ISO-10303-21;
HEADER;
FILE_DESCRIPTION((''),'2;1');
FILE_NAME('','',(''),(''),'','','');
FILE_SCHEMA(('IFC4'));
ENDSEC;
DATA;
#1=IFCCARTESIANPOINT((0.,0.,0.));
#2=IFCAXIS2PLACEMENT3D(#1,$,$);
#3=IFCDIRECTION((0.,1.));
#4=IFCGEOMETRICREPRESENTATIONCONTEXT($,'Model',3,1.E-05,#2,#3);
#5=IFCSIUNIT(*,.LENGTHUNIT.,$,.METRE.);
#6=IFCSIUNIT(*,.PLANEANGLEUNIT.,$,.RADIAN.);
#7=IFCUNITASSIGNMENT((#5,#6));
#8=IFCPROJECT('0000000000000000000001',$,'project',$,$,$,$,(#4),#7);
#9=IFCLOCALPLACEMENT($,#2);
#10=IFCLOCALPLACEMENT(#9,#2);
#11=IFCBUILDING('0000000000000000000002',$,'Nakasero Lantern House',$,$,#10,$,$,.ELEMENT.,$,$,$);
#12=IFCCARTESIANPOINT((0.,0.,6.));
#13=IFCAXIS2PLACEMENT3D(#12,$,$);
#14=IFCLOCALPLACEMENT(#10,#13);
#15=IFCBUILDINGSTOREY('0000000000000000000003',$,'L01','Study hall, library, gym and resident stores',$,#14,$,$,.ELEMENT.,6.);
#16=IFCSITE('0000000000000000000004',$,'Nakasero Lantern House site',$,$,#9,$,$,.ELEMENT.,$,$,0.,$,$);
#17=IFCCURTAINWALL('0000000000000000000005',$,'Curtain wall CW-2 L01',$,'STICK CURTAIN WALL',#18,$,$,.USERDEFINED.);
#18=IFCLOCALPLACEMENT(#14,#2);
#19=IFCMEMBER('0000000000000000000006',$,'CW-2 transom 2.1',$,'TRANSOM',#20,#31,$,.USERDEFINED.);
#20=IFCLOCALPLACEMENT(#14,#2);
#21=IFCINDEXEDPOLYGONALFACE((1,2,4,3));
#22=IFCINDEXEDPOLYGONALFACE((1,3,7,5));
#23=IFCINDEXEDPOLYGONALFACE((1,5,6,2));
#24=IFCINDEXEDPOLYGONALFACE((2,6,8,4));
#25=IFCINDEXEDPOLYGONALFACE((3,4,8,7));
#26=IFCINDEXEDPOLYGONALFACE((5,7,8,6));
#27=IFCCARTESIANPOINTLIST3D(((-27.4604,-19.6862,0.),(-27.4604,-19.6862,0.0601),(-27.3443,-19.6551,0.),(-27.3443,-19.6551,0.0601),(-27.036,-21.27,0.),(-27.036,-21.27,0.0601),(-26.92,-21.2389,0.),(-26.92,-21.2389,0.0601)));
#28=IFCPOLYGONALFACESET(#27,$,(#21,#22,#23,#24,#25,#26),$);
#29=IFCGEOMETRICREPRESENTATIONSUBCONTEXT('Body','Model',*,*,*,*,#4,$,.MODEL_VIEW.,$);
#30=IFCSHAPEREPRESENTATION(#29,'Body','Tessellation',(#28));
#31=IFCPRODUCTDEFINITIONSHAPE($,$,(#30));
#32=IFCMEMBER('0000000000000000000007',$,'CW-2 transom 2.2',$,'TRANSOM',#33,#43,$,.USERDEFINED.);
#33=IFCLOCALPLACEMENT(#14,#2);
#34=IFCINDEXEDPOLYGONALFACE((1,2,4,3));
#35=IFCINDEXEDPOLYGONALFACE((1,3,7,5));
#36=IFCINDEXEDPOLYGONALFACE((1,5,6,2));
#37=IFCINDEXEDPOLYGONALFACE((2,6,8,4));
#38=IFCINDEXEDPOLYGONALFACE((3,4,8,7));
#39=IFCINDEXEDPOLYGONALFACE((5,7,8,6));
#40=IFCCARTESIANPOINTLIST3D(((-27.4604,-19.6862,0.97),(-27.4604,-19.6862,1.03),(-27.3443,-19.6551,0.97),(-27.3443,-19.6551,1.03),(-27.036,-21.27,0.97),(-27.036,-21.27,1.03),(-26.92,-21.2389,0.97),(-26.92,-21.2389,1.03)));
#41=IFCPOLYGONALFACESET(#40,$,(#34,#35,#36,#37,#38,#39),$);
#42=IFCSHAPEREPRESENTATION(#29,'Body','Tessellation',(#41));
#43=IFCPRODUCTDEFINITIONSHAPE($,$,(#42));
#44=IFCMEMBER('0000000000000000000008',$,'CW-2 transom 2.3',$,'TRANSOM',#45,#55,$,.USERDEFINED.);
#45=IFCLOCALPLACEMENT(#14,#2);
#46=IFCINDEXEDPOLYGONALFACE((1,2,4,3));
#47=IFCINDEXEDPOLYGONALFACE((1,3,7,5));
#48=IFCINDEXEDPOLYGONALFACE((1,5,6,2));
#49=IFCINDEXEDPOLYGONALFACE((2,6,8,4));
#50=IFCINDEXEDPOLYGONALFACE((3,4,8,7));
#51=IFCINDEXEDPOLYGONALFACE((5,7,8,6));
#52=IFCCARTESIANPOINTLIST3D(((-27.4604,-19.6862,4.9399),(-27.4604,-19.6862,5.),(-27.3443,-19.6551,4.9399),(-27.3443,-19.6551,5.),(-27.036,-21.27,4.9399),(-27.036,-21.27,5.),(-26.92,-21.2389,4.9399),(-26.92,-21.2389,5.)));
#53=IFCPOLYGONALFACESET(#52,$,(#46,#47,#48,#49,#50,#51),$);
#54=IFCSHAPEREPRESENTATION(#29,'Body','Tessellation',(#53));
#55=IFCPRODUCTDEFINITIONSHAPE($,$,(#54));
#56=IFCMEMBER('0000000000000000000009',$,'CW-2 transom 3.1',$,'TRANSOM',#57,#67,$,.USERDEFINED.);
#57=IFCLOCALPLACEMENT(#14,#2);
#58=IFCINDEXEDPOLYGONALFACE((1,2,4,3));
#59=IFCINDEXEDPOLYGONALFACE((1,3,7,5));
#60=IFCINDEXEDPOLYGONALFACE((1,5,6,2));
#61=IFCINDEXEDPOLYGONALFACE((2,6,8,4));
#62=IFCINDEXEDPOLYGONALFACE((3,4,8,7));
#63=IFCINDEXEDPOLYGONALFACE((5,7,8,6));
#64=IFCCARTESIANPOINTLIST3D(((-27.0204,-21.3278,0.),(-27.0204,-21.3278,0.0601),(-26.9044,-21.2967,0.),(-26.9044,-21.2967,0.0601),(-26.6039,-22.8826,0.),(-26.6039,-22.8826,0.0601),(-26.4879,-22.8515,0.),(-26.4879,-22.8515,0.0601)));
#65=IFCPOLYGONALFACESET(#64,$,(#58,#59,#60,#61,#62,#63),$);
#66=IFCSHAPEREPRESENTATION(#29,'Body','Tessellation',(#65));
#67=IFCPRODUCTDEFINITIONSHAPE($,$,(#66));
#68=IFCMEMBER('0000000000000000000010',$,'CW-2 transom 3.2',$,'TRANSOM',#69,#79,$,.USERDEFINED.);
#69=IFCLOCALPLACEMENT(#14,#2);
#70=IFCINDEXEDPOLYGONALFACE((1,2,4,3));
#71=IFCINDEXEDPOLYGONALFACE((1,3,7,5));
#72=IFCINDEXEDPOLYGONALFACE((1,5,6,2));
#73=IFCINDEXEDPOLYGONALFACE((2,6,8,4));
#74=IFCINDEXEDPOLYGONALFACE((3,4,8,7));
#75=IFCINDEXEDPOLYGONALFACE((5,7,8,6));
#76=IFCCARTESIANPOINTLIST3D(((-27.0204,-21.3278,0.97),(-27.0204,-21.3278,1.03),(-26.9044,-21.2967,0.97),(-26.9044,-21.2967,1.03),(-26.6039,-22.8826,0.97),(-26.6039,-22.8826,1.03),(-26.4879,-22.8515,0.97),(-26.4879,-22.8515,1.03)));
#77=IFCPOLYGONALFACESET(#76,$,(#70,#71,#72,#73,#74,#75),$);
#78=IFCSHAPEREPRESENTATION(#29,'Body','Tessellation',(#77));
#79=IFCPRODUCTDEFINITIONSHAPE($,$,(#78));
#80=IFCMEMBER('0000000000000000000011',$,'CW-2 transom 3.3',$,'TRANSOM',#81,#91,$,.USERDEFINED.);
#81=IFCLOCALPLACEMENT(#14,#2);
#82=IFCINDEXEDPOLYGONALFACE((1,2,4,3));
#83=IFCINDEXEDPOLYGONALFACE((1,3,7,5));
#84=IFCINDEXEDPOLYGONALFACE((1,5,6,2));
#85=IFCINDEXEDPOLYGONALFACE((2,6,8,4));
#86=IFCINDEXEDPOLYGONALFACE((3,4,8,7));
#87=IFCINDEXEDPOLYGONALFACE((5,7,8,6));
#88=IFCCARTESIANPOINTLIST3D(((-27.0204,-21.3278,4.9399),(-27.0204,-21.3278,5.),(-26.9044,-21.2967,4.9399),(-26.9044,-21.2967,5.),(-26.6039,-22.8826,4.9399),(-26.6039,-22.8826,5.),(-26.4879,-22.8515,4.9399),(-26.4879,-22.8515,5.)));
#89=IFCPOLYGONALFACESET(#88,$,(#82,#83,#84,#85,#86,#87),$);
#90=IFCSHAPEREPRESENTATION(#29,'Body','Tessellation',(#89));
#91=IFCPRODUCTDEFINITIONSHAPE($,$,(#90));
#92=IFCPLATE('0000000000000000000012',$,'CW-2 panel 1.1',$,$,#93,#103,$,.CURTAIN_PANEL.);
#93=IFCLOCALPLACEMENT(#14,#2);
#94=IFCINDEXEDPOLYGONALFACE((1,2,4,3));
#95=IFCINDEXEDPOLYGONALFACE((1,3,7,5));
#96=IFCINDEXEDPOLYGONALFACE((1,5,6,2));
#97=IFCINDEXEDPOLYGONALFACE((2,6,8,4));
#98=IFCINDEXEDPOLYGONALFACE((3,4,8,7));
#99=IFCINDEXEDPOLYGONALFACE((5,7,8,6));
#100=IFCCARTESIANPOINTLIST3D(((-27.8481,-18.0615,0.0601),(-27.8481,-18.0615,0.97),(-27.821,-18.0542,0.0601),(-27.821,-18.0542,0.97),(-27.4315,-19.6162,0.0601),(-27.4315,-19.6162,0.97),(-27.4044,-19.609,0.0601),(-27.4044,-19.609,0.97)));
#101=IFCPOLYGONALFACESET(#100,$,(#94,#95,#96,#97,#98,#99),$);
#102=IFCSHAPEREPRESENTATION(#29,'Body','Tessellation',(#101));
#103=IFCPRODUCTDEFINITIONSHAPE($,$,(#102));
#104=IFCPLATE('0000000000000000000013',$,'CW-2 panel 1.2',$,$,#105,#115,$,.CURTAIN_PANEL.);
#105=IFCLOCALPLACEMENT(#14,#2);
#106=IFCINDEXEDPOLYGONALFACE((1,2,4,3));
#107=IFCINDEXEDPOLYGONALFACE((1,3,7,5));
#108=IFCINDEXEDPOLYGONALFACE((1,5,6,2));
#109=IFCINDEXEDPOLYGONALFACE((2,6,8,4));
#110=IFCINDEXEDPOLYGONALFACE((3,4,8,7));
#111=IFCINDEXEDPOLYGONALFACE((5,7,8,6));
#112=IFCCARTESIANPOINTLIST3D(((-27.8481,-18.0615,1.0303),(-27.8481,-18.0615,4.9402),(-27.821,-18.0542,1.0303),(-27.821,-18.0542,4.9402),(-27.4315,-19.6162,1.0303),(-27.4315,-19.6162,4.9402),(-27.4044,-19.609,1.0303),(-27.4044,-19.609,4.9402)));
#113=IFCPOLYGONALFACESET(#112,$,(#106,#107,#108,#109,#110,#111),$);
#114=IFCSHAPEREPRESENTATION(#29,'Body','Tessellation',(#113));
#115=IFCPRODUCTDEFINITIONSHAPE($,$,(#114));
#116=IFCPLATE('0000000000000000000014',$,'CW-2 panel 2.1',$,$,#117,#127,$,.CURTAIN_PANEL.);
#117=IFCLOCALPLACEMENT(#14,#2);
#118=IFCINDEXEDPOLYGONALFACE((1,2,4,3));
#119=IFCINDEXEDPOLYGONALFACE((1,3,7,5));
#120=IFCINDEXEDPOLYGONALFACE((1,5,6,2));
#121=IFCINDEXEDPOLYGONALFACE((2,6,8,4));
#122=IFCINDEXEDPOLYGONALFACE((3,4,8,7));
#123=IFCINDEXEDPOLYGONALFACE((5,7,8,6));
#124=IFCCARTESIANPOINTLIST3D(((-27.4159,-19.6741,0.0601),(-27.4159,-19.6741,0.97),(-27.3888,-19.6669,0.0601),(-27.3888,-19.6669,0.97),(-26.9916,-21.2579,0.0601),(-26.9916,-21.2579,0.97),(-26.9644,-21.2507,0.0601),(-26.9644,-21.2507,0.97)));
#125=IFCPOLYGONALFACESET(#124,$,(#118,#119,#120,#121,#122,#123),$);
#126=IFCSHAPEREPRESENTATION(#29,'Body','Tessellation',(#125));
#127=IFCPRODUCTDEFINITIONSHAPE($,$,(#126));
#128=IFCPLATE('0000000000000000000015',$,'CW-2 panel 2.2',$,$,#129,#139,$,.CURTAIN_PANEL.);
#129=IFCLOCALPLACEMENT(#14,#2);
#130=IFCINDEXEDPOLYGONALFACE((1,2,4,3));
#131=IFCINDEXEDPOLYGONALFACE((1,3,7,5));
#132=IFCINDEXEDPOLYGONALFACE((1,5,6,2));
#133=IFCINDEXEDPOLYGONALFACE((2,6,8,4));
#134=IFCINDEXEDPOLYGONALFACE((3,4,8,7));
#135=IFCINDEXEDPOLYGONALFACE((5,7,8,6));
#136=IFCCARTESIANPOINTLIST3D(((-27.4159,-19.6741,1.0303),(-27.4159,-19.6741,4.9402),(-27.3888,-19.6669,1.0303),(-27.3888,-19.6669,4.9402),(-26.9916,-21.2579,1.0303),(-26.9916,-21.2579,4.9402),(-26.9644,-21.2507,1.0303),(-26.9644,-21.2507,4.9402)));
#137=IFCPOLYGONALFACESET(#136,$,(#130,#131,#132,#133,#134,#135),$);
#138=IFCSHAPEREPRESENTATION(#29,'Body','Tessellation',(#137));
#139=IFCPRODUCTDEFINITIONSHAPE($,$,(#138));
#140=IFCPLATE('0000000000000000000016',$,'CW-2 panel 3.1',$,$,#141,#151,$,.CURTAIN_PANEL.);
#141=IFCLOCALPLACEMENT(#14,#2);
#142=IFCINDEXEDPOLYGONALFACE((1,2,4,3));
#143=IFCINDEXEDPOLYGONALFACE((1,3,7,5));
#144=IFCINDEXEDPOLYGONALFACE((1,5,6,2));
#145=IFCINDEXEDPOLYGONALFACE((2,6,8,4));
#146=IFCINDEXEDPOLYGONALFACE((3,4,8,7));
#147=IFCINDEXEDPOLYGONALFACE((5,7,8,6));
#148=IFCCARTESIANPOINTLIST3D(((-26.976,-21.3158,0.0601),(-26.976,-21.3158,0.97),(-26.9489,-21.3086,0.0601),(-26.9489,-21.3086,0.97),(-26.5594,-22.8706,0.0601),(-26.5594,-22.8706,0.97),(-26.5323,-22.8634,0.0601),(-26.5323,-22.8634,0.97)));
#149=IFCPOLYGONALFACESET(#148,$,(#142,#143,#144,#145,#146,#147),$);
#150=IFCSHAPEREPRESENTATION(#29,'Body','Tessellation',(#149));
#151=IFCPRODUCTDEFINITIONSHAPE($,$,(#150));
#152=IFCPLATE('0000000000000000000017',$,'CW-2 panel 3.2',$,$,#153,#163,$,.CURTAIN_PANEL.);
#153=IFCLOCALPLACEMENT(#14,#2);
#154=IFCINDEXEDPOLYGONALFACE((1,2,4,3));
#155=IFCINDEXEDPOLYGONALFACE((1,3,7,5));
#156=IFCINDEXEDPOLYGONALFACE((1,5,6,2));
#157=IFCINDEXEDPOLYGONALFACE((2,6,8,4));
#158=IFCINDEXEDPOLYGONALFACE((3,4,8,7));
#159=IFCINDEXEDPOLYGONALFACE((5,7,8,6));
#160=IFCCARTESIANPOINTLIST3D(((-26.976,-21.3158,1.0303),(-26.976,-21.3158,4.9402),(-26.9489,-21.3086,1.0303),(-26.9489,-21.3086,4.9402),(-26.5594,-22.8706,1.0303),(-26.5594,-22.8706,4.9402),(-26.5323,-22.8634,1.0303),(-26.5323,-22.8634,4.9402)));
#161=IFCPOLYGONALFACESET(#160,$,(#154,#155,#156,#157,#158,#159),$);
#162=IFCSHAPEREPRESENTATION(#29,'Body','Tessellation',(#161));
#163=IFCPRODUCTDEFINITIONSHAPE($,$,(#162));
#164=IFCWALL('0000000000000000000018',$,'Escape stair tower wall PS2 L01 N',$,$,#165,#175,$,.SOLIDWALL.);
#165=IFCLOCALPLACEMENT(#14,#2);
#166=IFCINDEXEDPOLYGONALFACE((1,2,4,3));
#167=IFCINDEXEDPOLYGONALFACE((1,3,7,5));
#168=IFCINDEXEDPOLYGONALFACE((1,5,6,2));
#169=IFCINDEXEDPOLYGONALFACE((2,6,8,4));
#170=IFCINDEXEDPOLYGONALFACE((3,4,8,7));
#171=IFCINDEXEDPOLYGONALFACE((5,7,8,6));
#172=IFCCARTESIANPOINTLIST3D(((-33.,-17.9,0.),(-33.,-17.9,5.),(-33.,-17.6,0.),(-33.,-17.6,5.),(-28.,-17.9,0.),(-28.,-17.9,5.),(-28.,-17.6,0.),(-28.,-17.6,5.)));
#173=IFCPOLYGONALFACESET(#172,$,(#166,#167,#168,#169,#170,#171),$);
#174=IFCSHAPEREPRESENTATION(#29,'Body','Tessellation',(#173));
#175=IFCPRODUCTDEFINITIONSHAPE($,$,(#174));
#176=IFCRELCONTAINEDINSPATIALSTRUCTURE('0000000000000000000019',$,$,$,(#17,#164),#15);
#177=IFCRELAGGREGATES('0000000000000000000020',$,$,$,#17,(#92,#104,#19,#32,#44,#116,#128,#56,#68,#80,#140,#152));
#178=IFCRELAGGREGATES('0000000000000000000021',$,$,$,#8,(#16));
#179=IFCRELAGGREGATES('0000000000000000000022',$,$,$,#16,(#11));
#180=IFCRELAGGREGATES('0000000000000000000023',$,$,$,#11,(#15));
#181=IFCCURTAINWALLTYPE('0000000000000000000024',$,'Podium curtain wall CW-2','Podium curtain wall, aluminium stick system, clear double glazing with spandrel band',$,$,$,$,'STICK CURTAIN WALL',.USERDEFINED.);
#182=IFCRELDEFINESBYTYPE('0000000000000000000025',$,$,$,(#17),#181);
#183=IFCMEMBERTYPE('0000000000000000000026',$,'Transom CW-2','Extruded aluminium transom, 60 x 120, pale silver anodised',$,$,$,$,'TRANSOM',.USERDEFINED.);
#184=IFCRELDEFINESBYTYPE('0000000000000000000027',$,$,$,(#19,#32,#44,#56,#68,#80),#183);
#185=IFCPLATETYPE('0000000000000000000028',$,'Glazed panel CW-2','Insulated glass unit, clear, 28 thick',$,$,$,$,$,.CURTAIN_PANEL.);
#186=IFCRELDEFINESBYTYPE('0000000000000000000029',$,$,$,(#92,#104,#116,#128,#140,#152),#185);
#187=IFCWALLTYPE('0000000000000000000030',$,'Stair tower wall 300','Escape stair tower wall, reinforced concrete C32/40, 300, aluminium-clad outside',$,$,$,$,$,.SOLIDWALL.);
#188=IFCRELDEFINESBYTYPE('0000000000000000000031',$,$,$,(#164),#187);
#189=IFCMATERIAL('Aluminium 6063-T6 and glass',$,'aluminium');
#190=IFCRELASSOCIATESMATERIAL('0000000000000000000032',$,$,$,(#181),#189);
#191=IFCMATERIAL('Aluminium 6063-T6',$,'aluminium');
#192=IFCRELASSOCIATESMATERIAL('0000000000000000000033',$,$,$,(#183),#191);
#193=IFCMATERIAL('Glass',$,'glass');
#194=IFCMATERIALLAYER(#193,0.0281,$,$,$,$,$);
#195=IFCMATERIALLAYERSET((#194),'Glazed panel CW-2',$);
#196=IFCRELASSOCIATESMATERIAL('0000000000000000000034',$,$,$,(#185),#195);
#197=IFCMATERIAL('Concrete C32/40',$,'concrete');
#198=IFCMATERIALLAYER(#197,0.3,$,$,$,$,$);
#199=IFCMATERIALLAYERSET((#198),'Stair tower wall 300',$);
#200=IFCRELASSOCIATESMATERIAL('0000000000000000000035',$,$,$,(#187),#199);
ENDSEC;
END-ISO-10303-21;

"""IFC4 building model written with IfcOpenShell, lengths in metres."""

from ifc_helpers import new_model, si_unit, direction, frame, frame_2d, origin, origin_2d, place, context, subcontext, project, spatial, rectangle, extrude, material, layer, layer_set, material_profile, profile_set, type_object, element, aggregate, save


model = new_model("IFC4")

# Units and contexts
model_context = context("Model", 3, precision=1e-05, world=origin(), true_north=direction((0.0, 1.0)))
body_context = subcontext(model_context, "Body", "Model", "MODEL_VIEW")
ifc_project = project(units=[si_unit("LENGTHUNIT", "METRE"), si_unit("PLANEANGLEUNIT", "RADIAN")], contexts=[model_context])

# Site, building, storey
site_placement = place(None, origin())
site = spatial("IfcSite", under=ifc_project, at=site_placement, Name="Nakasero Lantern House site", CompositionType="ELEMENT", RefElevation=0.0)
building_placement = place(site_placement, origin())
building = spatial("IfcBuilding", under=site, at=building_placement, Name="Nakasero Lantern House", CompositionType="ELEMENT")
storey_placement = place(building_placement, frame((0.0, 0.0, 6.0)))
storey = spatial("IfcBuildingStorey", under=building, at=storey_placement, Name="L01", Description="Study hall, library, gym and resident stores", CompositionType="ELEMENT", Elevation=6.0)

# Curtain wall
ifc_material_1 = material(Name="Aluminium 6063-T6 and glass", Category="aluminium")
curtain_wall_type = type_object("IfcCurtainWallType", Name="Podium curtain wall CW-2", Description="Podium curtain wall, aluminium stick system, clear double glazing with spandrel band", ElementType="STICK CURTAIN WALL", PredefinedType="USERDEFINED", material=ifc_material_1)
curtain_wall_placement = place(storey_placement, origin())
curtain_wall = element("IfcCurtainWall", 1, at=curtain_wall_placement, inside=storey, type_object=curtain_wall_type, Name="Curtain wall CW-2 L01", ObjectType="STICK CURTAIN WALL", PredefinedType="USERDEFINED")

# Members
ifc_material_2 = material(Name="Aluminium 6063-T6", Category="aluminium")
ifc_material_profile_1 = material_profile(ifc_material_2, rectangle(XDim=0.0601, YDim=0.1201, at=origin_2d()), Name="CW-2 transom 60x120")
ifc_profile_set_1 = profile_set([ifc_material_profile_1], Name="Aluminium 6063-T6")
member_type_1 = type_object("IfcMemberType", Name="Transom CW-2", Description="Extruded aluminium transom, 60 x 120, pale silver anodised", ElementType="TRANSOM", PredefinedType="USERDEFINED", material=ifc_profile_set_1)
member_1_placement = place(storey_placement, frame((-27.4023, -19.6707, 0.03), z_axis=(0.258793, -0.965933, 0.0), x_axis=(0.0, 0.0, 1.0)))
member_1 = element("IfcMember", 2, at=member_1_placement, type_object=member_type_1, Name="CW-2 transom 2.1", ObjectType="TRANSOM", PredefinedType="USERDEFINED", context=body_context, shape_type="SweptSolid", body=[
    extrude(rectangle(XDim=0.0601, YDim=0.1201, at=origin_2d()), origin(), (0.0, 0.0, 1.0), 1.6396),
])
member_2_placement = place(storey_placement, frame((-27.4023, -19.6707, 1.0), z_axis=(0.258793, -0.965933, 0.0), x_axis=(0.0, 0.0, 1.0)))
member_2 = element("IfcMember", 3, at=member_2_placement, type_object=member_type_1, Name="CW-2 transom 2.2", ObjectType="TRANSOM", PredefinedType="USERDEFINED", context=body_context, shape_type="SweptSolid", body=[
    extrude(rectangle(XDim=0.0601, YDim=0.1201, at=origin_2d()), origin(), (0.0, 0.0, 1.0), 1.6396),
])
member_3_placement = place(storey_placement, frame((-27.4023, -19.6707, 4.97), z_axis=(0.258793, -0.965933, 0.0), x_axis=(0.0, 0.0, 1.0)))
member_3 = element("IfcMember", 4, at=member_3_placement, type_object=member_type_1, Name="CW-2 transom 2.3", ObjectType="TRANSOM", PredefinedType="USERDEFINED", context=body_context, shape_type="SweptSolid", body=[
    extrude(rectangle(XDim=0.0601, YDim=0.1201, at=origin_2d()), origin(), (0.0, 0.0, 1.0), 1.6396),
])
member_4_placement = place(storey_placement, frame((-26.9624, -21.3123, 0.03), z_axis=(0.258777, -0.965937, 0.0), x_axis=(0.0, 0.0, 1.0)))
member_4 = element("IfcMember", 5, at=member_4_placement, type_object=member_type_1, Name="CW-2 transom 3.1", ObjectType="TRANSOM", PredefinedType="USERDEFINED", context=body_context, shape_type="SweptSolid", body=[
    extrude(rectangle(XDim=0.0601, YDim=0.1201, at=origin_2d()), origin(), (0.0, 0.0, 1.0), 1.6096),
])
member_5_placement = place(storey_placement, frame((-26.9624, -21.3123, 1.0), z_axis=(0.258777, -0.965937, 0.0), x_axis=(0.0, 0.0, 1.0)))
member_5 = element("IfcMember", 6, at=member_5_placement, type_object=member_type_1, Name="CW-2 transom 3.2", ObjectType="TRANSOM", PredefinedType="USERDEFINED", context=body_context, shape_type="SweptSolid", body=[
    extrude(rectangle(XDim=0.0601, YDim=0.1201, at=origin_2d()), origin(), (0.0, 0.0, 1.0), 1.6096),
])
member_6_placement = place(storey_placement, frame((-26.9624, -21.3123, 4.97), z_axis=(0.258777, -0.965937, 0.0), x_axis=(0.0, 0.0, 1.0)))
member_6 = element("IfcMember", 7, at=member_6_placement, type_object=member_type_1, Name="CW-2 transom 3.3", ObjectType="TRANSOM", PredefinedType="USERDEFINED", context=body_context, shape_type="SweptSolid", body=[
    extrude(rectangle(XDim=0.0601, YDim=0.1201, at=origin_2d()), origin(), (0.0, 0.0, 1.0), 1.6096),
])

# Plates
ifc_material_3 = material(Name="Glass", Category="glass")
ifc_layer_1 = layer(ifc_material_3, 0.0281)
ifc_layer_set_1 = layer_set([ifc_layer_1], Name="Glazed panel CW-2")
plate_type = type_object("IfcPlateType", Name="Glazed panel CW-2", Description="Insulated glass unit, clear, 28 thick", PredefinedType="CURTAIN_PANEL", material=ifc_layer_set_1)
plate_1_placement = place(storey_placement, frame((-27.6262, -18.8352, 0.0601), z_axis=(0.0, 0.0, 1.0), x_axis=(0.258819, -0.965926, 0.0)))
plate_1 = element("IfcPlate", 8, at=plate_1_placement, type_object=plate_type, Name="CW-2 panel 1.1", PredefinedType="CURTAIN_PANEL", context=body_context, shape_type="SweptSolid", body=[
    extrude(rectangle(XDim=1.6096, YDim=0.0281, at=origin_2d()), origin(), (0.0, 0.0, 1.0), 0.9099),
])
plate_2_placement = place(storey_placement, frame((-27.6262, -18.8352, 1.0303), z_axis=(0.0, 0.0, 1.0), x_axis=(0.258819, -0.965926, 0.0)))
plate_2 = element("IfcPlate", 9, at=plate_2_placement, type_object=plate_type, Name="CW-2 panel 1.2", PredefinedType="CURTAIN_PANEL", context=body_context, shape_type="SweptSolid", body=[
    extrude(rectangle(XDim=1.6096, YDim=0.0281, at=origin_2d()), origin(), (0.0, 0.0, 1.0), 3.9099),
])
plate_3_placement = place(storey_placement, frame((-27.1902, -20.4624, 0.0601), z_axis=(0.0, 0.0, 1.0), x_axis=(0.258819, -0.965926, 0.0)))
plate_3 = element("IfcPlate", 10, at=plate_3_placement, type_object=plate_type, Name="CW-2 panel 2.1", PredefinedType="CURTAIN_PANEL", context=body_context, shape_type="SweptSolid", body=[
    extrude(rectangle(XDim=1.6396, YDim=0.0281, at=origin_2d()), origin(), (0.0, 0.0, 1.0), 0.9099),
])
plate_4_placement = place(storey_placement, frame((-27.1902, -20.4624, 1.0303), z_axis=(0.0, 0.0, 1.0), x_axis=(0.258819, -0.965926, 0.0)))
plate_4 = element("IfcPlate", 11, at=plate_4_placement, type_object=plate_type, Name="CW-2 panel 2.2", PredefinedType="CURTAIN_PANEL", context=body_context, shape_type="SweptSolid", body=[
    extrude(rectangle(XDim=1.6396, YDim=0.0281, at=origin_2d()), origin(), (0.0, 0.0, 1.0), 3.9099),
])
plate_5_placement = place(storey_placement, frame((-26.7542, -22.0896, 0.0601), z_axis=(0.0, 0.0, 1.0), x_axis=(0.258819, -0.965926, 0.0)))
plate_5 = element("IfcPlate", 12, at=plate_5_placement, type_object=plate_type, Name="CW-2 panel 3.1", PredefinedType="CURTAIN_PANEL", context=body_context, shape_type="SweptSolid", body=[
    extrude(rectangle(XDim=1.6096, YDim=0.0281, at=origin_2d()), origin(), (0.0, 0.0, 1.0), 0.9099),
])
plate_6_placement = place(storey_placement, frame((-26.7542, -22.0896, 1.0303), z_axis=(0.0, 0.0, 1.0), x_axis=(0.258819, -0.965926, 0.0)))
plate_6 = element("IfcPlate", 13, at=plate_6_placement, type_object=plate_type, Name="CW-2 panel 3.2", PredefinedType="CURTAIN_PANEL", context=body_context, shape_type="SweptSolid", body=[
    extrude(rectangle(XDim=1.6096, YDim=0.0281, at=origin_2d()), origin(), (0.0, 0.0, 1.0), 3.9099),
])
aggregate(curtain_wall, [plate_1, plate_2, member_1, member_2, member_3, plate_3, plate_4, member_4, member_5, member_6, plate_5, plate_6])

# Wall
ifc_material_4 = material(Name="Concrete C32/40", Category="concrete")
ifc_layer_2 = layer(ifc_material_4, 0.3)
ifc_layer_set_2 = layer_set([ifc_layer_2], Name="Stair tower wall 300")
wall_type = type_object("IfcWallType", Name="Stair tower wall 300", Description="Escape stair tower wall, reinforced concrete C32/40, 300, aluminium-clad outside", PredefinedType="SOLIDWALL", material=ifc_layer_set_2)
wall_placement = place(storey_placement, frame((-28.0, -17.75, 0.0), z_axis=(0.0, 0.0, 1.0), x_axis=(-1.0, 0.0, 0.0)))
element("IfcWall", 14, at=wall_placement, inside=storey, type_object=wall_type, Name="Escape stair tower wall PS2 L01 N", PredefinedType="SOLIDWALL", context=body_context, shape_type="SweptSolid", body=[
    extrude(rectangle(XDim=5.0, YDim=0.3, at=frame_2d((2.5, 0.0))), origin(), (0.0, 0.0, 1.0), 5.0),
])

save(model, "model.ifc")
